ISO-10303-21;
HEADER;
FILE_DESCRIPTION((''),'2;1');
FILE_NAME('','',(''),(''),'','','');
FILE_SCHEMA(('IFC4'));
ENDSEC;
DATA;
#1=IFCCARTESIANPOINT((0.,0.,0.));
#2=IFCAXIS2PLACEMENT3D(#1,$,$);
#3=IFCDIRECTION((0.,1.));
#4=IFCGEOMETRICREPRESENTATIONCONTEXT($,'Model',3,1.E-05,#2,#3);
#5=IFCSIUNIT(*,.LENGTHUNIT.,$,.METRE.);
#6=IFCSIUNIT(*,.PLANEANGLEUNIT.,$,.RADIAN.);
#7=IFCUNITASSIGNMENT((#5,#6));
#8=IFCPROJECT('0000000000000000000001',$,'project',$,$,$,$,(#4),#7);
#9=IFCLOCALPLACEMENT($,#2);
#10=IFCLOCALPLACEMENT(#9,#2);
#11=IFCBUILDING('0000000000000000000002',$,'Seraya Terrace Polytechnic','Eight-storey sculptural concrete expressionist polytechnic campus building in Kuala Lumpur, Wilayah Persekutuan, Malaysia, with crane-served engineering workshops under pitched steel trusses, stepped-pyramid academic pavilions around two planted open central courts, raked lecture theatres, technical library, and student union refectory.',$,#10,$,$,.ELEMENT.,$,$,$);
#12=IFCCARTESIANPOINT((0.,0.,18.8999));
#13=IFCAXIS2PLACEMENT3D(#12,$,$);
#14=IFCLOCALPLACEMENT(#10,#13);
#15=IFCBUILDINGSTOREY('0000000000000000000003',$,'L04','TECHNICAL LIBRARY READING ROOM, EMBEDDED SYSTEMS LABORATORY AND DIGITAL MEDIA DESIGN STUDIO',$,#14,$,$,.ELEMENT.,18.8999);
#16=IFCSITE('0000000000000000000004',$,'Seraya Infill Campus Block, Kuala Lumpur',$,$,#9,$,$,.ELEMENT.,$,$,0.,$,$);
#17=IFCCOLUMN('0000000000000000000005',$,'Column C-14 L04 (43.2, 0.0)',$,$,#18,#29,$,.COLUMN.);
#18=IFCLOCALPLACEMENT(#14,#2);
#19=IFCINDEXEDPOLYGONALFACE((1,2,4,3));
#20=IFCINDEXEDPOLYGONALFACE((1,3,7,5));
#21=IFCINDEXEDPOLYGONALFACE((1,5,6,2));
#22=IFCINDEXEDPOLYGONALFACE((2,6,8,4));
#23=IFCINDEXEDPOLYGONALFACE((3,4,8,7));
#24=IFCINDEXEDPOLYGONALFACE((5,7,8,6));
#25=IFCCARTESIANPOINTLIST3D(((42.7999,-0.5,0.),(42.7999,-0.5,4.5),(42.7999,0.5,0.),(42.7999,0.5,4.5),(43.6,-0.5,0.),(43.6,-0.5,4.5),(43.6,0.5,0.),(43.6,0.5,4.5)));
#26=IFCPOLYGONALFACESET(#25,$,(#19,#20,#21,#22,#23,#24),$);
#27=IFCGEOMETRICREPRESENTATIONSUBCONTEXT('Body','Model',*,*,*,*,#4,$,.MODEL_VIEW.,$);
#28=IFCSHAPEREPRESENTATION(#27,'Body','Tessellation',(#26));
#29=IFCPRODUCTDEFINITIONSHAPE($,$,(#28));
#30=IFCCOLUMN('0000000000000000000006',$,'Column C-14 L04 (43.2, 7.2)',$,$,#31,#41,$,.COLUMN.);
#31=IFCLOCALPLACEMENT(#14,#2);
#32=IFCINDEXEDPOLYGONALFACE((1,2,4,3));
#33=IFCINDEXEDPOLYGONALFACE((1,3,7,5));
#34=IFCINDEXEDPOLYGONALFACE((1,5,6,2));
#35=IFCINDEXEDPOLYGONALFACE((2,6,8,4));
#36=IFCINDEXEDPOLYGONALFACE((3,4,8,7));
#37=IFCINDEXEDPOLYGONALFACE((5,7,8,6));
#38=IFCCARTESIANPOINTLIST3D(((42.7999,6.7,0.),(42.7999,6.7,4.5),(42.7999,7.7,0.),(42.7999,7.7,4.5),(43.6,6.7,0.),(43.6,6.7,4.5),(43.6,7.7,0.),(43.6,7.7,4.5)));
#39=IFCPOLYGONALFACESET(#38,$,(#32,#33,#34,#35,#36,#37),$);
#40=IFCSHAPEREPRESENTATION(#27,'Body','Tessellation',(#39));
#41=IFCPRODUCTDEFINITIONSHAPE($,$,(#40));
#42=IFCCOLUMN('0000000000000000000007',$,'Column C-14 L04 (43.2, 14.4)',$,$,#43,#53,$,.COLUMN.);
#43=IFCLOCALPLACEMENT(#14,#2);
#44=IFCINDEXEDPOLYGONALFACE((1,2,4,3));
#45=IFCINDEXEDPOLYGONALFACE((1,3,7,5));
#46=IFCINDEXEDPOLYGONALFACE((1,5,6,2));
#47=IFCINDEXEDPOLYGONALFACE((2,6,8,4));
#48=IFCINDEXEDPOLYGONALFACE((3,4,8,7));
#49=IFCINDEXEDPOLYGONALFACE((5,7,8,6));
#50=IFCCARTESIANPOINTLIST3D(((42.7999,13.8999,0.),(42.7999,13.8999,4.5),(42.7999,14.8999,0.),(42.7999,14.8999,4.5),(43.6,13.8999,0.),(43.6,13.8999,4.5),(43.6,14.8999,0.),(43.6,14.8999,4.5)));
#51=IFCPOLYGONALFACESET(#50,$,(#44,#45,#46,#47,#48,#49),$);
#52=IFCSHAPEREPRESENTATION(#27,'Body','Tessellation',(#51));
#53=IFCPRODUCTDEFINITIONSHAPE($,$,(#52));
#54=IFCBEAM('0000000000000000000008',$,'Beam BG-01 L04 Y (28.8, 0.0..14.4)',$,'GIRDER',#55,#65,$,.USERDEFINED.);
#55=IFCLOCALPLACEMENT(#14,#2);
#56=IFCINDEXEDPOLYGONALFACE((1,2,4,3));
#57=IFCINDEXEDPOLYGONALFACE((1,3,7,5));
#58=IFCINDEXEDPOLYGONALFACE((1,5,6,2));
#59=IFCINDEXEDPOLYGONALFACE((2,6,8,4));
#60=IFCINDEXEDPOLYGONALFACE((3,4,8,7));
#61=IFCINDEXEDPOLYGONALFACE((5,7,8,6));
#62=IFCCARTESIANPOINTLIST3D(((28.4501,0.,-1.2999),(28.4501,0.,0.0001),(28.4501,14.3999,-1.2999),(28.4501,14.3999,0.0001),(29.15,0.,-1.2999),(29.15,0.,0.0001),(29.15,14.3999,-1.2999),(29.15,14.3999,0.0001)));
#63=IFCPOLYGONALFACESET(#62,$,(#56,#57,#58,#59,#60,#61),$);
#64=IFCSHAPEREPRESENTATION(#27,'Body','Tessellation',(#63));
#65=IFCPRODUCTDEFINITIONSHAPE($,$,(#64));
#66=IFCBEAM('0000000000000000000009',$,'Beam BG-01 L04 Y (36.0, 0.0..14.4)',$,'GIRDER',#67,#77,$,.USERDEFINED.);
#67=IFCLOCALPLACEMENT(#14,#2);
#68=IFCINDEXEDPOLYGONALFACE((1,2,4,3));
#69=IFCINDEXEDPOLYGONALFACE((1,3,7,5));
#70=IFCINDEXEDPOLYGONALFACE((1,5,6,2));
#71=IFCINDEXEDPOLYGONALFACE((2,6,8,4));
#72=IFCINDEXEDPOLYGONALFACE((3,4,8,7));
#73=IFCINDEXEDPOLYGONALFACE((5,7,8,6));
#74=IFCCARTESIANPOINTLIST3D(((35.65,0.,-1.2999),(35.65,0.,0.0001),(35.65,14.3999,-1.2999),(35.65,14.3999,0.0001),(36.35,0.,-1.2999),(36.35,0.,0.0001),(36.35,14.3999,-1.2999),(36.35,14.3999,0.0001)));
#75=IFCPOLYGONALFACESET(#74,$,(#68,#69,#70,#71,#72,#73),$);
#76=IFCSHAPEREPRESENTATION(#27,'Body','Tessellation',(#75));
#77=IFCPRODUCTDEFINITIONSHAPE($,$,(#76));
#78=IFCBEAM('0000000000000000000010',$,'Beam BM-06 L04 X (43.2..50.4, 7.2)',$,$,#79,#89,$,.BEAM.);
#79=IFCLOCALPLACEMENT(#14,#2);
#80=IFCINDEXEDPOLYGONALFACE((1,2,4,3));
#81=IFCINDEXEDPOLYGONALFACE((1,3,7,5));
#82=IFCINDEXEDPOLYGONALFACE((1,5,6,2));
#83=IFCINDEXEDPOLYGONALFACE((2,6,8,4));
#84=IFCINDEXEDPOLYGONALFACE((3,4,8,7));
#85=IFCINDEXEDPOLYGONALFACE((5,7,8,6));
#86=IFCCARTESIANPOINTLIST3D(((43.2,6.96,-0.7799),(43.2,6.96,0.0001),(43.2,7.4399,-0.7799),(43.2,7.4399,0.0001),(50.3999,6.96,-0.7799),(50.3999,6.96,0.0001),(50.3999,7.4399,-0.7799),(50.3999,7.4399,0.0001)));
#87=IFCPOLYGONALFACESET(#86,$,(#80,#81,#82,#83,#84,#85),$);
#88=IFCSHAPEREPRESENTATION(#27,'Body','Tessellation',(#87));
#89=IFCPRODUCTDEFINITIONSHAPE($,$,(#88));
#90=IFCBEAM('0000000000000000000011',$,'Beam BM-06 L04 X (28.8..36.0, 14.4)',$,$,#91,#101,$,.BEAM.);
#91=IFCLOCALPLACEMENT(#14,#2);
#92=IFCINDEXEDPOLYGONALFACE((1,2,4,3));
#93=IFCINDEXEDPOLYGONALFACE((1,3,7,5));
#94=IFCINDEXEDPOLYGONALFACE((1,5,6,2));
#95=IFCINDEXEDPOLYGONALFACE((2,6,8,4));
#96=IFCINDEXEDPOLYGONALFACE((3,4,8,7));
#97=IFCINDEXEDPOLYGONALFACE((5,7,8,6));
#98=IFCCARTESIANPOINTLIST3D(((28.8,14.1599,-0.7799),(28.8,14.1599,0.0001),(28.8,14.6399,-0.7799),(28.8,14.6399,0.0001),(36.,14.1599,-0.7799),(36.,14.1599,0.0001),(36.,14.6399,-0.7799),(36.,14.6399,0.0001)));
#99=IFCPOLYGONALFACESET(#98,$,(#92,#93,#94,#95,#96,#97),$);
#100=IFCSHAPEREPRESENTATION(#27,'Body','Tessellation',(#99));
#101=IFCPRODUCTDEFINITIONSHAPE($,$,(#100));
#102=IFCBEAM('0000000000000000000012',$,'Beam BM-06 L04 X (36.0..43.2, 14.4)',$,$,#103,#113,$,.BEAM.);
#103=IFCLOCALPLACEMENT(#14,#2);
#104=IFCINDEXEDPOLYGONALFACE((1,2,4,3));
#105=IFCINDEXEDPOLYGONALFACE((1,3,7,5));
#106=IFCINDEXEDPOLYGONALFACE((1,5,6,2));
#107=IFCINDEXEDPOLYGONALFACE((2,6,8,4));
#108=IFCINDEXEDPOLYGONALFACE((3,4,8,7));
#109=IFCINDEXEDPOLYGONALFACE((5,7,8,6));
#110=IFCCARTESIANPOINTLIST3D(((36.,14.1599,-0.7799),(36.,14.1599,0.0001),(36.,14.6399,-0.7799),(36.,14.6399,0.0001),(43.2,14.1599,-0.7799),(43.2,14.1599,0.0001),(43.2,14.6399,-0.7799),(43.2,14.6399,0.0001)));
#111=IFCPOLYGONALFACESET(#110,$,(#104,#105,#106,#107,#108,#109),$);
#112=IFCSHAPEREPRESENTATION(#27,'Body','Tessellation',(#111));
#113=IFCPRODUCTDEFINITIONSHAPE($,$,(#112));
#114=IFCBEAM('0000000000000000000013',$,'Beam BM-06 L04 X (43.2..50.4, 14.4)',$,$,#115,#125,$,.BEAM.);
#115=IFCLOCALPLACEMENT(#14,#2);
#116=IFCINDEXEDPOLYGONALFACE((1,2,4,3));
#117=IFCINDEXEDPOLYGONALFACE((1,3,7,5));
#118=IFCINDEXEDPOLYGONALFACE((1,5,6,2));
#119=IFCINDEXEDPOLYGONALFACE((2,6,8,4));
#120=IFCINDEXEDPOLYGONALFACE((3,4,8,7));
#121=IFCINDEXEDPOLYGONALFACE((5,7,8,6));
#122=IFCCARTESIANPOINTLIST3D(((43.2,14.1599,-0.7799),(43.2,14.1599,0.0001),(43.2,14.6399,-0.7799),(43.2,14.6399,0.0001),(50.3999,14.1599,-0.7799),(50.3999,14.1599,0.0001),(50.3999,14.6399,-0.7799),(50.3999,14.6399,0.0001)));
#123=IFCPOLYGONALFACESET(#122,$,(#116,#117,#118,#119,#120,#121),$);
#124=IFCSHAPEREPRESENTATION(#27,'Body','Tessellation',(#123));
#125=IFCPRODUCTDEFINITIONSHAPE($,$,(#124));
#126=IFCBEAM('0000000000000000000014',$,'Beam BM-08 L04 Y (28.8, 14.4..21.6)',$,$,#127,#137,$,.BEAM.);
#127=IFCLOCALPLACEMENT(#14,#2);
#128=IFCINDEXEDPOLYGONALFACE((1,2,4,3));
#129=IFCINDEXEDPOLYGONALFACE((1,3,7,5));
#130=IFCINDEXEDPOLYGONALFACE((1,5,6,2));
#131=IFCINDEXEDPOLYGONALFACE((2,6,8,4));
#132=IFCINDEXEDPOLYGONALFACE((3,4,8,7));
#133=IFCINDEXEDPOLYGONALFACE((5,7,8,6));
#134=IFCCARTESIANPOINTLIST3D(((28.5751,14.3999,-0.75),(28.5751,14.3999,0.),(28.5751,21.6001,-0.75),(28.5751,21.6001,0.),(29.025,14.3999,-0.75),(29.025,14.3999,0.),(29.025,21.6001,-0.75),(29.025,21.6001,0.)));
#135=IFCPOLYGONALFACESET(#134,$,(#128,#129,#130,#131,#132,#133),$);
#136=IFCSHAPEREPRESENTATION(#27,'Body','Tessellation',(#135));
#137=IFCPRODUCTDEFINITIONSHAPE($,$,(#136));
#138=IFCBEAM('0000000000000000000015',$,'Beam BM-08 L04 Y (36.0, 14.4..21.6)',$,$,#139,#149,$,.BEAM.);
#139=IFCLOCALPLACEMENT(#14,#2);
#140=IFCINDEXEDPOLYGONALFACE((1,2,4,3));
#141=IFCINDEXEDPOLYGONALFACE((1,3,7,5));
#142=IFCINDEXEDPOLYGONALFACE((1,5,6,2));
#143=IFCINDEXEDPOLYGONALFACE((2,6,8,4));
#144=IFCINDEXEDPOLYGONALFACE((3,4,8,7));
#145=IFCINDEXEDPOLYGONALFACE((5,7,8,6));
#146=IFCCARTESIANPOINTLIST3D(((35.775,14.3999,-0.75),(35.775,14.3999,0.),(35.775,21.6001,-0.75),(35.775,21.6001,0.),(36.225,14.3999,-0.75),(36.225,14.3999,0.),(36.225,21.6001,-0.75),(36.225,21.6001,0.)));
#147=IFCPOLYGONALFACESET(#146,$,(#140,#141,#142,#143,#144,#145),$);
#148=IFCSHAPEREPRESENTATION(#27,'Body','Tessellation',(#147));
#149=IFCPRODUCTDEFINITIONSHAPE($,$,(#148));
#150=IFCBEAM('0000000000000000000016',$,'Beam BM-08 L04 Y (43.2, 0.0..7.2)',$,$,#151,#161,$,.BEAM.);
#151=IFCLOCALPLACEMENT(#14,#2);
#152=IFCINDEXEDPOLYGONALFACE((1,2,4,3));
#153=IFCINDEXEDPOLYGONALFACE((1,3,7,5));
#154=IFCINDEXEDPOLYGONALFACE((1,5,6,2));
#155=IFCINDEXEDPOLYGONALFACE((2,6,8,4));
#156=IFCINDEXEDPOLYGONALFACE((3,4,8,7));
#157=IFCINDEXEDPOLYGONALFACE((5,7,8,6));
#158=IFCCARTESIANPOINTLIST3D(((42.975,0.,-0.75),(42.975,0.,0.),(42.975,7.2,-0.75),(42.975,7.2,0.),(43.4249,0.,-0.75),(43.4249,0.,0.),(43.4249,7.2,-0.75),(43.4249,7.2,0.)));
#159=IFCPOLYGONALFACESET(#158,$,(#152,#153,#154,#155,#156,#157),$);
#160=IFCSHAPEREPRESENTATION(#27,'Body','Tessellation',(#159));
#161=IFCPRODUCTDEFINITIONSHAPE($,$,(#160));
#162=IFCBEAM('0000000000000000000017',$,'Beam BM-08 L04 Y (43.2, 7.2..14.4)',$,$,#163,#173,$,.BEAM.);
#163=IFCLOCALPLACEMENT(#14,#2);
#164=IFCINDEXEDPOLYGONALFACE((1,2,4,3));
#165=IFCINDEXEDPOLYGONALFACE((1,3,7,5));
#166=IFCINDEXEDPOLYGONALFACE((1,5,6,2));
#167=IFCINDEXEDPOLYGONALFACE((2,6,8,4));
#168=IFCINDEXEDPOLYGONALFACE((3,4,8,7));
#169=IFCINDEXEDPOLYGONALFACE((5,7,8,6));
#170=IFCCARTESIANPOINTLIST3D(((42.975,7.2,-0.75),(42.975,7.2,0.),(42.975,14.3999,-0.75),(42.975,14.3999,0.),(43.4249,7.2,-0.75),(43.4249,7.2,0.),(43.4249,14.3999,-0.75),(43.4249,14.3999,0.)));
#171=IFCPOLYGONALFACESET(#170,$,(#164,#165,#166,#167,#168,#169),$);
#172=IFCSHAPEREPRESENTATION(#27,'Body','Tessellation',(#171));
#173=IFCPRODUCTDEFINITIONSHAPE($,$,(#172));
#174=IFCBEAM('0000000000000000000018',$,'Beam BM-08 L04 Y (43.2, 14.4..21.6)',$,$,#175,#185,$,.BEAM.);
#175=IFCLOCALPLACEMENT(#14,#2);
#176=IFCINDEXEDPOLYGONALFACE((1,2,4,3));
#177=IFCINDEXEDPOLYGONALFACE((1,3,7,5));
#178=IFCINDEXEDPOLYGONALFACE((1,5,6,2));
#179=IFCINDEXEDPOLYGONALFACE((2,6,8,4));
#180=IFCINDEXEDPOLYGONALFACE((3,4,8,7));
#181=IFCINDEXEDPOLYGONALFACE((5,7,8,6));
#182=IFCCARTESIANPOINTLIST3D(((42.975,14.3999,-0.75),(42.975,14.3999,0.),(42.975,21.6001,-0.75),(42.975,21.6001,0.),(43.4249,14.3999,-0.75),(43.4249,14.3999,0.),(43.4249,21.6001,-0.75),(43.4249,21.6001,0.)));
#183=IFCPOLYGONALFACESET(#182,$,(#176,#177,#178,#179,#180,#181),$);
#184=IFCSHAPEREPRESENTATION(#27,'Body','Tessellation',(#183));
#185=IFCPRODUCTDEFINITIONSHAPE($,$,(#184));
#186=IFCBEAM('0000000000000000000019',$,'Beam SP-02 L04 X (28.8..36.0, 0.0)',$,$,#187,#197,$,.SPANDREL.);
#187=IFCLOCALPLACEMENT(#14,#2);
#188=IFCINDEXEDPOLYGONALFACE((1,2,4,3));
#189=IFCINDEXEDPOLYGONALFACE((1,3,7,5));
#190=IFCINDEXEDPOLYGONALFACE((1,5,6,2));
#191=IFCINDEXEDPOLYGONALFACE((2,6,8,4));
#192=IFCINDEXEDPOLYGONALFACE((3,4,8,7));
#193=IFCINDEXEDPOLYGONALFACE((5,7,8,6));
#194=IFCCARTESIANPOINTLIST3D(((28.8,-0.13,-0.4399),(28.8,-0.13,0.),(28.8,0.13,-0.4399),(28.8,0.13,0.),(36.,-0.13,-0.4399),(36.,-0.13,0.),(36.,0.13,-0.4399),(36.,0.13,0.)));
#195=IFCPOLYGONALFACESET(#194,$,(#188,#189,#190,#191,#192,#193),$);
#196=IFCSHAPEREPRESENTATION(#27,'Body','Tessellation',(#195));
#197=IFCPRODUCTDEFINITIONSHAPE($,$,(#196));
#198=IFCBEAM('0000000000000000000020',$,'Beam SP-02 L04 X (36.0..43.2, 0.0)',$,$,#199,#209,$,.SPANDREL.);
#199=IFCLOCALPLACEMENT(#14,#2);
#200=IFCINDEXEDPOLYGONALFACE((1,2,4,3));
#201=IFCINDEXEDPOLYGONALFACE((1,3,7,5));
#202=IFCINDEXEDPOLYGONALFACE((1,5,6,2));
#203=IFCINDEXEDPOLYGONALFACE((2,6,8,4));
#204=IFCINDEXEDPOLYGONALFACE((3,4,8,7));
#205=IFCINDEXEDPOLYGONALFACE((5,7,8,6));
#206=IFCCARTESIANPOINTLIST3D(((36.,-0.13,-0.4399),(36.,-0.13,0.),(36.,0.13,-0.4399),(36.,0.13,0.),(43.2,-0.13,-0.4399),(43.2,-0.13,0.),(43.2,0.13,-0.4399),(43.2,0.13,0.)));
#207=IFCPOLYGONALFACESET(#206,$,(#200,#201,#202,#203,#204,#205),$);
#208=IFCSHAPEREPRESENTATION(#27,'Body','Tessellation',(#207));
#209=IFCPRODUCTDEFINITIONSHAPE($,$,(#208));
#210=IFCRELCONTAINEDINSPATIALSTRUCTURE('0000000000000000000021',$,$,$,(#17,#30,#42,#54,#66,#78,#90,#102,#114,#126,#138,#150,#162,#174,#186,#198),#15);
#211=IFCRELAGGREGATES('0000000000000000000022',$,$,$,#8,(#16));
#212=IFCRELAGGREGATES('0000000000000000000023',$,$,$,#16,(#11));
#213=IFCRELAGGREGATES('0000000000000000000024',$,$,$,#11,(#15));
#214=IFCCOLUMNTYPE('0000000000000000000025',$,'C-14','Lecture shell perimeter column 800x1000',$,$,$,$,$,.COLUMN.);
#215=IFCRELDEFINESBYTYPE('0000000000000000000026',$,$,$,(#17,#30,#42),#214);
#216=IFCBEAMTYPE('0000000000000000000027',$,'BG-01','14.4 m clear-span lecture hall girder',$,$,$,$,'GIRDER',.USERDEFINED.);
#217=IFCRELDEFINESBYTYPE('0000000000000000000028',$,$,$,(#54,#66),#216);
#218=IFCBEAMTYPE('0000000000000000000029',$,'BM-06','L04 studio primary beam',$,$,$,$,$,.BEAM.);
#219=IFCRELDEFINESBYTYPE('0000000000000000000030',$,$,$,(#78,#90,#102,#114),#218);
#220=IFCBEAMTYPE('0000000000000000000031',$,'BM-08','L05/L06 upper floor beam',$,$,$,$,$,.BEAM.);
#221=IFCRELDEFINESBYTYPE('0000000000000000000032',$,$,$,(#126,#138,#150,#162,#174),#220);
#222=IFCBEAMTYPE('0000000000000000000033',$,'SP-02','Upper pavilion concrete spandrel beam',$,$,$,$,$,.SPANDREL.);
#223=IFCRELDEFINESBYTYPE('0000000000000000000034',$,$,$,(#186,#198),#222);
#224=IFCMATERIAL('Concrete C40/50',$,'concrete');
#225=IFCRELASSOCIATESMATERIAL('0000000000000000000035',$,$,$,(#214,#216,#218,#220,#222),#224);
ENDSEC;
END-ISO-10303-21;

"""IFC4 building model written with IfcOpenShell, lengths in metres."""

from ifc_helpers import new_model, si_unit, direction, frame, origin, origin_2d, place, context, subcontext, project, spatial, rectangle, extrude, material, material_profile, profile_set, type_object, element, save


model = new_model("IFC4")

# Units and contexts
model_context = context("Model", 3, precision=1e-05, world=origin(), true_north=direction((0.0, 1.0)))
body_context = subcontext(model_context, "Body", "Model", "MODEL_VIEW")
ifc_project = project(units=[si_unit("LENGTHUNIT", "METRE"), si_unit("PLANEANGLEUNIT", "RADIAN")], contexts=[model_context])

# Site, building, storey
site_placement = place(None, origin())
site = spatial("IfcSite", under=ifc_project, at=site_placement, Name="Seraya Infill Campus Block, Kuala Lumpur", CompositionType="ELEMENT", RefElevation=0.0)
building_placement = place(site_placement, origin())
building = spatial("IfcBuilding", under=site, at=building_placement, Name="Seraya Terrace Polytechnic", Description="Eight-storey sculptural concrete expressionist polytechnic campus building in Kuala Lumpur, Wilayah Persekutuan, Malaysia, with crane-served engineering workshops under pitched steel trusses, stepped-pyramid academic pavilions around two planted open central courts, raked lecture theatres, technical library, and student union refectory.", CompositionType="ELEMENT")
storey_placement = place(building_placement, frame((0.0, 0.0, 18.8999)))
storey = spatial("IfcBuildingStorey", under=building, at=storey_placement, Name="L04", Description="TECHNICAL LIBRARY READING ROOM, EMBEDDED SYSTEMS LABORATORY AND DIGITAL MEDIA DESIGN STUDIO", CompositionType="ELEMENT", Elevation=18.8999)

# Columns
ifc_material_1 = material(Name="Concrete C40/50", Category="concrete")
ifc_material_profile_1 = material_profile(ifc_material_1, rectangle(XDim=0.8, YDim=1.0, at=origin_2d()), Name="RC 800x1000")
ifc_profile_set_1 = profile_set([ifc_material_profile_1], Name="Concrete C40/50")
column_type = type_object("IfcColumnType", Name="C-14", Description="Lecture shell perimeter column 800x1000", PredefinedType="COLUMN", material=ifc_profile_set_1)
for number, where, z_axis, x_axis, name in (
    (1, (43.2, 0.0, 0.0), (0.0, 0.0, 1.0), (1.0, 0.0, 0.0), "Column C-14 L04 (43.2, 0.0)"),
    (2, (43.2, 7.2, 0.0), (0.0, 0.0, 1.0), (1.0, 0.0, 0.0), "Column C-14 L04 (43.2, 7.2)"),
    (3, (43.2, 14.3999, 0.0), (0.0, 0.0, 1.0), (1.0, 0.0, 0.0), "Column C-14 L04 (43.2, 14.4)"),
):
    element("IfcColumn", number, at=place(storey_placement, frame(where, z_axis=z_axis, x_axis=x_axis)), inside=storey, type_object=column_type, Name=name, PredefinedType="COLUMN", context=body_context, shape_type="SweptSolid", body=[
        extrude(rectangle(XDim=0.8, YDim=1.0, at=origin_2d()), origin(), (0.0, 0.0, 1.0), 4.5),
    ])

# Beams
ifc_material_profile_2 = material_profile(ifc_material_1, rectangle(XDim=0.7, YDim=1.3, at=origin_2d()), Name="RC 700x1300")
ifc_profile_set_2 = profile_set([ifc_material_profile_2], Name="Concrete C40/50")
beam_type_1 = type_object("IfcBeamType", Name="BG-01", Description="14.4 m clear-span lecture hall girder", ElementType="GIRDER", PredefinedType="USERDEFINED", material=ifc_profile_set_2)
for number, where, z_axis, x_axis, name in (
    (4, (28.8, 0.0, -0.6499), (0.0, 1.0, 0.0), (-1.0, 0.0, 0.0), "Beam BG-01 L04 Y (28.8, 0.0..14.4)"),
    (5, (36.0, 0.0, -0.6499), (0.0, 1.0, 0.0), (-1.0, 0.0, 0.0), "Beam BG-01 L04 Y (36.0, 0.0..14.4)"),
):
    element("IfcBeam", number, at=place(storey_placement, frame(where, z_axis=z_axis, x_axis=x_axis)), inside=storey, type_object=beam_type_1, Name=name, ObjectType="GIRDER", PredefinedType="USERDEFINED", context=body_context, shape_type="SweptSolid", body=[
        extrude(rectangle(XDim=0.7, YDim=1.3, at=origin_2d()), origin(), (0.0, 0.0, 1.0), 14.3999),
    ])
ifc_material_profile_3 = material_profile(ifc_material_1, rectangle(XDim=0.48, YDim=0.78, at=origin_2d()), Name="RC 480x780")
ifc_profile_set_3 = profile_set([ifc_material_profile_3], Name="Concrete C40/50")
beam_type_2 = type_object("IfcBeamType", Name="BM-06", Description="L04 studio primary beam", PredefinedType="BEAM", material=ifc_profile_set_3)
for number, where, z_axis, x_axis, name in (
    (6, (43.2, 7.2, -0.3899), (1.0, 0.0, 0.0), (0.0, 1.0, 0.0), "Beam BM-06 L04 X (43.2..50.4, 7.2)"),
    (7, (28.8, 14.3999, -0.3899), (1.0, 0.0, 0.0), (0.0, 1.0, 0.0), "Beam BM-06 L04 X (28.8..36.0, 14.4)"),
    (8, (36.0, 14.3999, -0.3899), (1.0, 0.0, 0.0), (0.0, 1.0, 0.0), "Beam BM-06 L04 X (36.0..43.2, 14.4)"),
    (9, (43.2, 14.3999, -0.3899), (1.0, 0.0, 0.0), (0.0, 1.0, 0.0), "Beam BM-06 L04 X (43.2..50.4, 14.4)"),
):
    element("IfcBeam", number, at=place(storey_placement, frame(where, z_axis=z_axis, x_axis=x_axis)), inside=storey, type_object=beam_type_2, Name=name, PredefinedType="BEAM", context=body_context, shape_type="SweptSolid", body=[
        extrude(rectangle(XDim=0.48, YDim=0.78, at=origin_2d()), origin(), (0.0, 0.0, 1.0), 7.2),
    ])
ifc_material_profile_4 = material_profile(ifc_material_1, rectangle(XDim=0.45, YDim=0.75, at=origin_2d()), Name="RC 450x750")
ifc_profile_set_4 = profile_set([ifc_material_profile_4], Name="Concrete C40/50")
beam_type_3 = type_object("IfcBeamType", Name="BM-08", Description="L05/L06 upper floor beam", PredefinedType="BEAM", material=ifc_profile_set_4)
for number, where, z_axis, x_axis, name in (
    (10, (28.8, 14.3999, -0.375), (0.0, 1.0, 0.0), (-1.0, 0.0, 0.0), "Beam BM-08 L04 Y (28.8, 14.4..21.6)"),
    (11, (36.0, 14.3999, -0.375), (0.0, 1.0, 0.0), (-1.0, 0.0, 0.0), "Beam BM-08 L04 Y (36.0, 14.4..21.6)"),
):
    element("IfcBeam", number, at=place(storey_placement, frame(where, z_axis=z_axis, x_axis=x_axis)), inside=storey, type_object=beam_type_3, Name=name, PredefinedType="BEAM", context=body_context, shape_type="SweptSolid", body=[
        extrude(rectangle(XDim=0.45, YDim=0.75, at=origin_2d()), origin(), (0.0, 0.0, 1.0), 7.2002),
    ])
for number, where, z_axis, x_axis, name in (
    (12, (43.2, 0.0, -0.375), (0.0, 1.0, 0.0), (-1.0, 0.0, 0.0), "Beam BM-08 L04 Y (43.2, 0.0..7.2)"),
    (13, (43.2, 7.2, -0.375), (0.0, 1.0, 0.0), (-1.0, 0.0, 0.0), "Beam BM-08 L04 Y (43.2, 7.2..14.4)"),
):
    element("IfcBeam", number, at=place(storey_placement, frame(where, z_axis=z_axis, x_axis=x_axis)), inside=storey, type_object=beam_type_3, Name=name, PredefinedType="BEAM", context=body_context, shape_type="SweptSolid", body=[
        extrude(rectangle(XDim=0.45, YDim=0.75, at=origin_2d()), origin(), (0.0, 0.0, 1.0), 7.2),
    ])
beam_placement = place(storey_placement, frame((43.2, 14.3999, -0.375), z_axis=(0.0, 1.0, 0.0), x_axis=(-1.0, 0.0, 0.0)))
element("IfcBeam", 14, at=beam_placement, inside=storey, type_object=beam_type_3, Name="Beam BM-08 L04 Y (43.2, 14.4..21.6)", PredefinedType="BEAM", context=body_context, shape_type="SweptSolid", body=[
    extrude(rectangle(XDim=0.45, YDim=0.75, at=origin_2d()), origin(), (0.0, 0.0, 1.0), 7.2002),
])
ifc_material_profile_5 = material_profile(ifc_material_1, rectangle(XDim=0.26, YDim=0.4399, at=origin_2d()), Name="RC 260x440")
ifc_profile_set_5 = profile_set([ifc_material_profile_5], Name="Concrete C40/50")
beam_type_4 = type_object("IfcBeamType", Name="SP-02", Description="Upper pavilion concrete spandrel beam", PredefinedType="SPANDREL", material=ifc_profile_set_5)
for number, where, z_axis, x_axis, name in (
    (15, (28.8, 0.0, -0.22), (1.0, 0.0, 0.0), (0.0, 1.0, 0.0), "Beam SP-02 L04 X (28.8..36.0, 0.0)"),
    (16, (36.0, 0.0, -0.22), (1.0, 0.0, 0.0), (0.0, 1.0, 0.0), "Beam SP-02 L04 X (36.0..43.2, 0.0)"),
):
    element("IfcBeam", number, at=place(storey_placement, frame(where, z_axis=z_axis, x_axis=x_axis)), inside=storey, type_object=beam_type_4, Name=name, PredefinedType="SPANDREL", context=body_context, shape_type="SweptSolid", body=[
        extrude(rectangle(XDim=0.26, YDim=0.4399, at=origin_2d()), origin(), (0.0, 0.0, 1.0), 7.2),
    ])

save(model, "model.ifc")
